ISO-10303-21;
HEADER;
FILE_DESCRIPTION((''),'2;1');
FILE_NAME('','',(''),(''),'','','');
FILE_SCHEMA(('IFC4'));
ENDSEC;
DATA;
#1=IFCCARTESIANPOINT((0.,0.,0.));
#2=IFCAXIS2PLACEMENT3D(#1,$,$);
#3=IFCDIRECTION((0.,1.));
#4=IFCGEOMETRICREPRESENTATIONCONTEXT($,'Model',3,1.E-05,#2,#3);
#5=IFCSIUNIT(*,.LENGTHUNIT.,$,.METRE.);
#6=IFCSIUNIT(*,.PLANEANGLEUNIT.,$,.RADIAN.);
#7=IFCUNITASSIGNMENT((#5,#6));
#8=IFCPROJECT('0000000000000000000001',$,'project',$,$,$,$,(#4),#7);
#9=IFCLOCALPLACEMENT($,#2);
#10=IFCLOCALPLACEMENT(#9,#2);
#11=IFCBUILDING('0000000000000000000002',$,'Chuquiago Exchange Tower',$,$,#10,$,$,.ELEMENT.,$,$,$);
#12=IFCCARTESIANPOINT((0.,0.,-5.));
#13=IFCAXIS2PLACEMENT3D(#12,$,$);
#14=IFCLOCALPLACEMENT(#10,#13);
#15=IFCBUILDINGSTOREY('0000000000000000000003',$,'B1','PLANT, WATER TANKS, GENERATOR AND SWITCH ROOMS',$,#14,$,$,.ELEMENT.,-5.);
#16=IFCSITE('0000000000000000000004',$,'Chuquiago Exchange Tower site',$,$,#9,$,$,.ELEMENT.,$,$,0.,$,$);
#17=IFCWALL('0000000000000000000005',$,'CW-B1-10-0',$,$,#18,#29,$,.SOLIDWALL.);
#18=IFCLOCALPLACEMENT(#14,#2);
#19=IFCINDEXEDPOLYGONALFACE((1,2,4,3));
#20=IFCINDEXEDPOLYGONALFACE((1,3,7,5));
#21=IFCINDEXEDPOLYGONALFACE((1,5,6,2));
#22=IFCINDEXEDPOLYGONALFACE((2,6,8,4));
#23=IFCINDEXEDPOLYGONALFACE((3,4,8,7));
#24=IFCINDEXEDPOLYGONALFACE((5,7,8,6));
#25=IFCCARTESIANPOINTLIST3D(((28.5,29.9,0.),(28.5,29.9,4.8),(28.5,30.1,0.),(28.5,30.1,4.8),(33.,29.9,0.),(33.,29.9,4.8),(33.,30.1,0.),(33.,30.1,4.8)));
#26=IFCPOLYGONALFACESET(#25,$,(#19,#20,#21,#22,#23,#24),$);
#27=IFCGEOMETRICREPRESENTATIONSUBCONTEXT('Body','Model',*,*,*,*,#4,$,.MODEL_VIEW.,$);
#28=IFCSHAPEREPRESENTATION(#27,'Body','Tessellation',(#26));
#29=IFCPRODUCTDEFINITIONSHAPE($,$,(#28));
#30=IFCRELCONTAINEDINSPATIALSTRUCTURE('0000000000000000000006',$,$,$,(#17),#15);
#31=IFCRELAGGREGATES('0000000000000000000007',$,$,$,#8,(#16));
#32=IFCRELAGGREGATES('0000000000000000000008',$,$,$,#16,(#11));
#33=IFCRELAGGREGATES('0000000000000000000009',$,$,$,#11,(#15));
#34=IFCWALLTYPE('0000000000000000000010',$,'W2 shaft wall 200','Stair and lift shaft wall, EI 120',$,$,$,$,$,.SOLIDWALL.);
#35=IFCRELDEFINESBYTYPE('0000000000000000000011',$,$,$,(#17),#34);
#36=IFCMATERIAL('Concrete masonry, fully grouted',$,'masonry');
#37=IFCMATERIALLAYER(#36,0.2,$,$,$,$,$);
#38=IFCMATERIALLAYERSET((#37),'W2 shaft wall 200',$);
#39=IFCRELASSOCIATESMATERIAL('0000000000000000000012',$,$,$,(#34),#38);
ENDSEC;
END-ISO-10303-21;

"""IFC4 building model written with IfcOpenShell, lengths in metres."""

from ifc_helpers import new_model, si_unit, direction, frame, frame_2d, origin, place, context, subcontext, project, spatial, rectangle, extrude, material, layer, layer_set, type_object, element, save


model = new_model("IFC4")

# Units and contexts
model_context = context("Model", 3, precision=1e-05, world=origin(), true_north=direction((0.0, 1.0)))
body_context = subcontext(model_context, "Body", "Model", "MODEL_VIEW")
ifc_project = project(units=[si_unit("LENGTHUNIT", "METRE"), si_unit("PLANEANGLEUNIT", "RADIAN")], contexts=[model_context])

# Site, building, storey
site_placement = place(None, origin())
site = spatial("IfcSite", under=ifc_project, at=site_placement, Name="Chuquiago Exchange Tower site", CompositionType="ELEMENT", RefElevation=0.0)
building_placement = place(site_placement, origin())
building = spatial("IfcBuilding", under=site, at=building_placement, Name="Chuquiago Exchange Tower", CompositionType="ELEMENT")
storey_placement = place(building_placement, frame((0.0, 0.0, -5.0)))
storey = spatial("IfcBuildingStorey", under=building, at=storey_placement, Name="B1", Description="PLANT, WATER TANKS, GENERATOR AND SWITCH ROOMS", CompositionType="ELEMENT", Elevation=-5.0)

# Wall
ifc_material_1 = material(Name="Concrete masonry, fully grouted", Category="masonry")
ifc_layer_1 = layer(ifc_material_1, 0.2)
ifc_layer_set_1 = layer_set([ifc_layer_1], Name="W2 shaft wall 200")
wall_type_1 = type_object("IfcWallType", Name="W2 shaft wall 200", Description="Stair and lift shaft wall, EI 120", PredefinedType="SOLIDWALL", material=ifc_layer_set_1)
wall_1_placement = place(storey_placement, frame((28.5, 30.0, 0.0), z_axis=(0.0, 0.0, 1.0), x_axis=(1.0, 0.0, 0.0)))
element("IfcWall", 1, at=wall_1_placement, inside=storey, type_object=wall_type_1, Name="CW-B1-10-0", PredefinedType="SOLIDWALL", context=body_context, shape_type="SweptSolid", body=[
    extrude(rectangle(XDim=4.5, YDim=0.2, at=frame_2d((2.25, 0.0))), origin(), (0.0, 0.0, 1.0), 4.8),
])

save(model, "model.ifc")
